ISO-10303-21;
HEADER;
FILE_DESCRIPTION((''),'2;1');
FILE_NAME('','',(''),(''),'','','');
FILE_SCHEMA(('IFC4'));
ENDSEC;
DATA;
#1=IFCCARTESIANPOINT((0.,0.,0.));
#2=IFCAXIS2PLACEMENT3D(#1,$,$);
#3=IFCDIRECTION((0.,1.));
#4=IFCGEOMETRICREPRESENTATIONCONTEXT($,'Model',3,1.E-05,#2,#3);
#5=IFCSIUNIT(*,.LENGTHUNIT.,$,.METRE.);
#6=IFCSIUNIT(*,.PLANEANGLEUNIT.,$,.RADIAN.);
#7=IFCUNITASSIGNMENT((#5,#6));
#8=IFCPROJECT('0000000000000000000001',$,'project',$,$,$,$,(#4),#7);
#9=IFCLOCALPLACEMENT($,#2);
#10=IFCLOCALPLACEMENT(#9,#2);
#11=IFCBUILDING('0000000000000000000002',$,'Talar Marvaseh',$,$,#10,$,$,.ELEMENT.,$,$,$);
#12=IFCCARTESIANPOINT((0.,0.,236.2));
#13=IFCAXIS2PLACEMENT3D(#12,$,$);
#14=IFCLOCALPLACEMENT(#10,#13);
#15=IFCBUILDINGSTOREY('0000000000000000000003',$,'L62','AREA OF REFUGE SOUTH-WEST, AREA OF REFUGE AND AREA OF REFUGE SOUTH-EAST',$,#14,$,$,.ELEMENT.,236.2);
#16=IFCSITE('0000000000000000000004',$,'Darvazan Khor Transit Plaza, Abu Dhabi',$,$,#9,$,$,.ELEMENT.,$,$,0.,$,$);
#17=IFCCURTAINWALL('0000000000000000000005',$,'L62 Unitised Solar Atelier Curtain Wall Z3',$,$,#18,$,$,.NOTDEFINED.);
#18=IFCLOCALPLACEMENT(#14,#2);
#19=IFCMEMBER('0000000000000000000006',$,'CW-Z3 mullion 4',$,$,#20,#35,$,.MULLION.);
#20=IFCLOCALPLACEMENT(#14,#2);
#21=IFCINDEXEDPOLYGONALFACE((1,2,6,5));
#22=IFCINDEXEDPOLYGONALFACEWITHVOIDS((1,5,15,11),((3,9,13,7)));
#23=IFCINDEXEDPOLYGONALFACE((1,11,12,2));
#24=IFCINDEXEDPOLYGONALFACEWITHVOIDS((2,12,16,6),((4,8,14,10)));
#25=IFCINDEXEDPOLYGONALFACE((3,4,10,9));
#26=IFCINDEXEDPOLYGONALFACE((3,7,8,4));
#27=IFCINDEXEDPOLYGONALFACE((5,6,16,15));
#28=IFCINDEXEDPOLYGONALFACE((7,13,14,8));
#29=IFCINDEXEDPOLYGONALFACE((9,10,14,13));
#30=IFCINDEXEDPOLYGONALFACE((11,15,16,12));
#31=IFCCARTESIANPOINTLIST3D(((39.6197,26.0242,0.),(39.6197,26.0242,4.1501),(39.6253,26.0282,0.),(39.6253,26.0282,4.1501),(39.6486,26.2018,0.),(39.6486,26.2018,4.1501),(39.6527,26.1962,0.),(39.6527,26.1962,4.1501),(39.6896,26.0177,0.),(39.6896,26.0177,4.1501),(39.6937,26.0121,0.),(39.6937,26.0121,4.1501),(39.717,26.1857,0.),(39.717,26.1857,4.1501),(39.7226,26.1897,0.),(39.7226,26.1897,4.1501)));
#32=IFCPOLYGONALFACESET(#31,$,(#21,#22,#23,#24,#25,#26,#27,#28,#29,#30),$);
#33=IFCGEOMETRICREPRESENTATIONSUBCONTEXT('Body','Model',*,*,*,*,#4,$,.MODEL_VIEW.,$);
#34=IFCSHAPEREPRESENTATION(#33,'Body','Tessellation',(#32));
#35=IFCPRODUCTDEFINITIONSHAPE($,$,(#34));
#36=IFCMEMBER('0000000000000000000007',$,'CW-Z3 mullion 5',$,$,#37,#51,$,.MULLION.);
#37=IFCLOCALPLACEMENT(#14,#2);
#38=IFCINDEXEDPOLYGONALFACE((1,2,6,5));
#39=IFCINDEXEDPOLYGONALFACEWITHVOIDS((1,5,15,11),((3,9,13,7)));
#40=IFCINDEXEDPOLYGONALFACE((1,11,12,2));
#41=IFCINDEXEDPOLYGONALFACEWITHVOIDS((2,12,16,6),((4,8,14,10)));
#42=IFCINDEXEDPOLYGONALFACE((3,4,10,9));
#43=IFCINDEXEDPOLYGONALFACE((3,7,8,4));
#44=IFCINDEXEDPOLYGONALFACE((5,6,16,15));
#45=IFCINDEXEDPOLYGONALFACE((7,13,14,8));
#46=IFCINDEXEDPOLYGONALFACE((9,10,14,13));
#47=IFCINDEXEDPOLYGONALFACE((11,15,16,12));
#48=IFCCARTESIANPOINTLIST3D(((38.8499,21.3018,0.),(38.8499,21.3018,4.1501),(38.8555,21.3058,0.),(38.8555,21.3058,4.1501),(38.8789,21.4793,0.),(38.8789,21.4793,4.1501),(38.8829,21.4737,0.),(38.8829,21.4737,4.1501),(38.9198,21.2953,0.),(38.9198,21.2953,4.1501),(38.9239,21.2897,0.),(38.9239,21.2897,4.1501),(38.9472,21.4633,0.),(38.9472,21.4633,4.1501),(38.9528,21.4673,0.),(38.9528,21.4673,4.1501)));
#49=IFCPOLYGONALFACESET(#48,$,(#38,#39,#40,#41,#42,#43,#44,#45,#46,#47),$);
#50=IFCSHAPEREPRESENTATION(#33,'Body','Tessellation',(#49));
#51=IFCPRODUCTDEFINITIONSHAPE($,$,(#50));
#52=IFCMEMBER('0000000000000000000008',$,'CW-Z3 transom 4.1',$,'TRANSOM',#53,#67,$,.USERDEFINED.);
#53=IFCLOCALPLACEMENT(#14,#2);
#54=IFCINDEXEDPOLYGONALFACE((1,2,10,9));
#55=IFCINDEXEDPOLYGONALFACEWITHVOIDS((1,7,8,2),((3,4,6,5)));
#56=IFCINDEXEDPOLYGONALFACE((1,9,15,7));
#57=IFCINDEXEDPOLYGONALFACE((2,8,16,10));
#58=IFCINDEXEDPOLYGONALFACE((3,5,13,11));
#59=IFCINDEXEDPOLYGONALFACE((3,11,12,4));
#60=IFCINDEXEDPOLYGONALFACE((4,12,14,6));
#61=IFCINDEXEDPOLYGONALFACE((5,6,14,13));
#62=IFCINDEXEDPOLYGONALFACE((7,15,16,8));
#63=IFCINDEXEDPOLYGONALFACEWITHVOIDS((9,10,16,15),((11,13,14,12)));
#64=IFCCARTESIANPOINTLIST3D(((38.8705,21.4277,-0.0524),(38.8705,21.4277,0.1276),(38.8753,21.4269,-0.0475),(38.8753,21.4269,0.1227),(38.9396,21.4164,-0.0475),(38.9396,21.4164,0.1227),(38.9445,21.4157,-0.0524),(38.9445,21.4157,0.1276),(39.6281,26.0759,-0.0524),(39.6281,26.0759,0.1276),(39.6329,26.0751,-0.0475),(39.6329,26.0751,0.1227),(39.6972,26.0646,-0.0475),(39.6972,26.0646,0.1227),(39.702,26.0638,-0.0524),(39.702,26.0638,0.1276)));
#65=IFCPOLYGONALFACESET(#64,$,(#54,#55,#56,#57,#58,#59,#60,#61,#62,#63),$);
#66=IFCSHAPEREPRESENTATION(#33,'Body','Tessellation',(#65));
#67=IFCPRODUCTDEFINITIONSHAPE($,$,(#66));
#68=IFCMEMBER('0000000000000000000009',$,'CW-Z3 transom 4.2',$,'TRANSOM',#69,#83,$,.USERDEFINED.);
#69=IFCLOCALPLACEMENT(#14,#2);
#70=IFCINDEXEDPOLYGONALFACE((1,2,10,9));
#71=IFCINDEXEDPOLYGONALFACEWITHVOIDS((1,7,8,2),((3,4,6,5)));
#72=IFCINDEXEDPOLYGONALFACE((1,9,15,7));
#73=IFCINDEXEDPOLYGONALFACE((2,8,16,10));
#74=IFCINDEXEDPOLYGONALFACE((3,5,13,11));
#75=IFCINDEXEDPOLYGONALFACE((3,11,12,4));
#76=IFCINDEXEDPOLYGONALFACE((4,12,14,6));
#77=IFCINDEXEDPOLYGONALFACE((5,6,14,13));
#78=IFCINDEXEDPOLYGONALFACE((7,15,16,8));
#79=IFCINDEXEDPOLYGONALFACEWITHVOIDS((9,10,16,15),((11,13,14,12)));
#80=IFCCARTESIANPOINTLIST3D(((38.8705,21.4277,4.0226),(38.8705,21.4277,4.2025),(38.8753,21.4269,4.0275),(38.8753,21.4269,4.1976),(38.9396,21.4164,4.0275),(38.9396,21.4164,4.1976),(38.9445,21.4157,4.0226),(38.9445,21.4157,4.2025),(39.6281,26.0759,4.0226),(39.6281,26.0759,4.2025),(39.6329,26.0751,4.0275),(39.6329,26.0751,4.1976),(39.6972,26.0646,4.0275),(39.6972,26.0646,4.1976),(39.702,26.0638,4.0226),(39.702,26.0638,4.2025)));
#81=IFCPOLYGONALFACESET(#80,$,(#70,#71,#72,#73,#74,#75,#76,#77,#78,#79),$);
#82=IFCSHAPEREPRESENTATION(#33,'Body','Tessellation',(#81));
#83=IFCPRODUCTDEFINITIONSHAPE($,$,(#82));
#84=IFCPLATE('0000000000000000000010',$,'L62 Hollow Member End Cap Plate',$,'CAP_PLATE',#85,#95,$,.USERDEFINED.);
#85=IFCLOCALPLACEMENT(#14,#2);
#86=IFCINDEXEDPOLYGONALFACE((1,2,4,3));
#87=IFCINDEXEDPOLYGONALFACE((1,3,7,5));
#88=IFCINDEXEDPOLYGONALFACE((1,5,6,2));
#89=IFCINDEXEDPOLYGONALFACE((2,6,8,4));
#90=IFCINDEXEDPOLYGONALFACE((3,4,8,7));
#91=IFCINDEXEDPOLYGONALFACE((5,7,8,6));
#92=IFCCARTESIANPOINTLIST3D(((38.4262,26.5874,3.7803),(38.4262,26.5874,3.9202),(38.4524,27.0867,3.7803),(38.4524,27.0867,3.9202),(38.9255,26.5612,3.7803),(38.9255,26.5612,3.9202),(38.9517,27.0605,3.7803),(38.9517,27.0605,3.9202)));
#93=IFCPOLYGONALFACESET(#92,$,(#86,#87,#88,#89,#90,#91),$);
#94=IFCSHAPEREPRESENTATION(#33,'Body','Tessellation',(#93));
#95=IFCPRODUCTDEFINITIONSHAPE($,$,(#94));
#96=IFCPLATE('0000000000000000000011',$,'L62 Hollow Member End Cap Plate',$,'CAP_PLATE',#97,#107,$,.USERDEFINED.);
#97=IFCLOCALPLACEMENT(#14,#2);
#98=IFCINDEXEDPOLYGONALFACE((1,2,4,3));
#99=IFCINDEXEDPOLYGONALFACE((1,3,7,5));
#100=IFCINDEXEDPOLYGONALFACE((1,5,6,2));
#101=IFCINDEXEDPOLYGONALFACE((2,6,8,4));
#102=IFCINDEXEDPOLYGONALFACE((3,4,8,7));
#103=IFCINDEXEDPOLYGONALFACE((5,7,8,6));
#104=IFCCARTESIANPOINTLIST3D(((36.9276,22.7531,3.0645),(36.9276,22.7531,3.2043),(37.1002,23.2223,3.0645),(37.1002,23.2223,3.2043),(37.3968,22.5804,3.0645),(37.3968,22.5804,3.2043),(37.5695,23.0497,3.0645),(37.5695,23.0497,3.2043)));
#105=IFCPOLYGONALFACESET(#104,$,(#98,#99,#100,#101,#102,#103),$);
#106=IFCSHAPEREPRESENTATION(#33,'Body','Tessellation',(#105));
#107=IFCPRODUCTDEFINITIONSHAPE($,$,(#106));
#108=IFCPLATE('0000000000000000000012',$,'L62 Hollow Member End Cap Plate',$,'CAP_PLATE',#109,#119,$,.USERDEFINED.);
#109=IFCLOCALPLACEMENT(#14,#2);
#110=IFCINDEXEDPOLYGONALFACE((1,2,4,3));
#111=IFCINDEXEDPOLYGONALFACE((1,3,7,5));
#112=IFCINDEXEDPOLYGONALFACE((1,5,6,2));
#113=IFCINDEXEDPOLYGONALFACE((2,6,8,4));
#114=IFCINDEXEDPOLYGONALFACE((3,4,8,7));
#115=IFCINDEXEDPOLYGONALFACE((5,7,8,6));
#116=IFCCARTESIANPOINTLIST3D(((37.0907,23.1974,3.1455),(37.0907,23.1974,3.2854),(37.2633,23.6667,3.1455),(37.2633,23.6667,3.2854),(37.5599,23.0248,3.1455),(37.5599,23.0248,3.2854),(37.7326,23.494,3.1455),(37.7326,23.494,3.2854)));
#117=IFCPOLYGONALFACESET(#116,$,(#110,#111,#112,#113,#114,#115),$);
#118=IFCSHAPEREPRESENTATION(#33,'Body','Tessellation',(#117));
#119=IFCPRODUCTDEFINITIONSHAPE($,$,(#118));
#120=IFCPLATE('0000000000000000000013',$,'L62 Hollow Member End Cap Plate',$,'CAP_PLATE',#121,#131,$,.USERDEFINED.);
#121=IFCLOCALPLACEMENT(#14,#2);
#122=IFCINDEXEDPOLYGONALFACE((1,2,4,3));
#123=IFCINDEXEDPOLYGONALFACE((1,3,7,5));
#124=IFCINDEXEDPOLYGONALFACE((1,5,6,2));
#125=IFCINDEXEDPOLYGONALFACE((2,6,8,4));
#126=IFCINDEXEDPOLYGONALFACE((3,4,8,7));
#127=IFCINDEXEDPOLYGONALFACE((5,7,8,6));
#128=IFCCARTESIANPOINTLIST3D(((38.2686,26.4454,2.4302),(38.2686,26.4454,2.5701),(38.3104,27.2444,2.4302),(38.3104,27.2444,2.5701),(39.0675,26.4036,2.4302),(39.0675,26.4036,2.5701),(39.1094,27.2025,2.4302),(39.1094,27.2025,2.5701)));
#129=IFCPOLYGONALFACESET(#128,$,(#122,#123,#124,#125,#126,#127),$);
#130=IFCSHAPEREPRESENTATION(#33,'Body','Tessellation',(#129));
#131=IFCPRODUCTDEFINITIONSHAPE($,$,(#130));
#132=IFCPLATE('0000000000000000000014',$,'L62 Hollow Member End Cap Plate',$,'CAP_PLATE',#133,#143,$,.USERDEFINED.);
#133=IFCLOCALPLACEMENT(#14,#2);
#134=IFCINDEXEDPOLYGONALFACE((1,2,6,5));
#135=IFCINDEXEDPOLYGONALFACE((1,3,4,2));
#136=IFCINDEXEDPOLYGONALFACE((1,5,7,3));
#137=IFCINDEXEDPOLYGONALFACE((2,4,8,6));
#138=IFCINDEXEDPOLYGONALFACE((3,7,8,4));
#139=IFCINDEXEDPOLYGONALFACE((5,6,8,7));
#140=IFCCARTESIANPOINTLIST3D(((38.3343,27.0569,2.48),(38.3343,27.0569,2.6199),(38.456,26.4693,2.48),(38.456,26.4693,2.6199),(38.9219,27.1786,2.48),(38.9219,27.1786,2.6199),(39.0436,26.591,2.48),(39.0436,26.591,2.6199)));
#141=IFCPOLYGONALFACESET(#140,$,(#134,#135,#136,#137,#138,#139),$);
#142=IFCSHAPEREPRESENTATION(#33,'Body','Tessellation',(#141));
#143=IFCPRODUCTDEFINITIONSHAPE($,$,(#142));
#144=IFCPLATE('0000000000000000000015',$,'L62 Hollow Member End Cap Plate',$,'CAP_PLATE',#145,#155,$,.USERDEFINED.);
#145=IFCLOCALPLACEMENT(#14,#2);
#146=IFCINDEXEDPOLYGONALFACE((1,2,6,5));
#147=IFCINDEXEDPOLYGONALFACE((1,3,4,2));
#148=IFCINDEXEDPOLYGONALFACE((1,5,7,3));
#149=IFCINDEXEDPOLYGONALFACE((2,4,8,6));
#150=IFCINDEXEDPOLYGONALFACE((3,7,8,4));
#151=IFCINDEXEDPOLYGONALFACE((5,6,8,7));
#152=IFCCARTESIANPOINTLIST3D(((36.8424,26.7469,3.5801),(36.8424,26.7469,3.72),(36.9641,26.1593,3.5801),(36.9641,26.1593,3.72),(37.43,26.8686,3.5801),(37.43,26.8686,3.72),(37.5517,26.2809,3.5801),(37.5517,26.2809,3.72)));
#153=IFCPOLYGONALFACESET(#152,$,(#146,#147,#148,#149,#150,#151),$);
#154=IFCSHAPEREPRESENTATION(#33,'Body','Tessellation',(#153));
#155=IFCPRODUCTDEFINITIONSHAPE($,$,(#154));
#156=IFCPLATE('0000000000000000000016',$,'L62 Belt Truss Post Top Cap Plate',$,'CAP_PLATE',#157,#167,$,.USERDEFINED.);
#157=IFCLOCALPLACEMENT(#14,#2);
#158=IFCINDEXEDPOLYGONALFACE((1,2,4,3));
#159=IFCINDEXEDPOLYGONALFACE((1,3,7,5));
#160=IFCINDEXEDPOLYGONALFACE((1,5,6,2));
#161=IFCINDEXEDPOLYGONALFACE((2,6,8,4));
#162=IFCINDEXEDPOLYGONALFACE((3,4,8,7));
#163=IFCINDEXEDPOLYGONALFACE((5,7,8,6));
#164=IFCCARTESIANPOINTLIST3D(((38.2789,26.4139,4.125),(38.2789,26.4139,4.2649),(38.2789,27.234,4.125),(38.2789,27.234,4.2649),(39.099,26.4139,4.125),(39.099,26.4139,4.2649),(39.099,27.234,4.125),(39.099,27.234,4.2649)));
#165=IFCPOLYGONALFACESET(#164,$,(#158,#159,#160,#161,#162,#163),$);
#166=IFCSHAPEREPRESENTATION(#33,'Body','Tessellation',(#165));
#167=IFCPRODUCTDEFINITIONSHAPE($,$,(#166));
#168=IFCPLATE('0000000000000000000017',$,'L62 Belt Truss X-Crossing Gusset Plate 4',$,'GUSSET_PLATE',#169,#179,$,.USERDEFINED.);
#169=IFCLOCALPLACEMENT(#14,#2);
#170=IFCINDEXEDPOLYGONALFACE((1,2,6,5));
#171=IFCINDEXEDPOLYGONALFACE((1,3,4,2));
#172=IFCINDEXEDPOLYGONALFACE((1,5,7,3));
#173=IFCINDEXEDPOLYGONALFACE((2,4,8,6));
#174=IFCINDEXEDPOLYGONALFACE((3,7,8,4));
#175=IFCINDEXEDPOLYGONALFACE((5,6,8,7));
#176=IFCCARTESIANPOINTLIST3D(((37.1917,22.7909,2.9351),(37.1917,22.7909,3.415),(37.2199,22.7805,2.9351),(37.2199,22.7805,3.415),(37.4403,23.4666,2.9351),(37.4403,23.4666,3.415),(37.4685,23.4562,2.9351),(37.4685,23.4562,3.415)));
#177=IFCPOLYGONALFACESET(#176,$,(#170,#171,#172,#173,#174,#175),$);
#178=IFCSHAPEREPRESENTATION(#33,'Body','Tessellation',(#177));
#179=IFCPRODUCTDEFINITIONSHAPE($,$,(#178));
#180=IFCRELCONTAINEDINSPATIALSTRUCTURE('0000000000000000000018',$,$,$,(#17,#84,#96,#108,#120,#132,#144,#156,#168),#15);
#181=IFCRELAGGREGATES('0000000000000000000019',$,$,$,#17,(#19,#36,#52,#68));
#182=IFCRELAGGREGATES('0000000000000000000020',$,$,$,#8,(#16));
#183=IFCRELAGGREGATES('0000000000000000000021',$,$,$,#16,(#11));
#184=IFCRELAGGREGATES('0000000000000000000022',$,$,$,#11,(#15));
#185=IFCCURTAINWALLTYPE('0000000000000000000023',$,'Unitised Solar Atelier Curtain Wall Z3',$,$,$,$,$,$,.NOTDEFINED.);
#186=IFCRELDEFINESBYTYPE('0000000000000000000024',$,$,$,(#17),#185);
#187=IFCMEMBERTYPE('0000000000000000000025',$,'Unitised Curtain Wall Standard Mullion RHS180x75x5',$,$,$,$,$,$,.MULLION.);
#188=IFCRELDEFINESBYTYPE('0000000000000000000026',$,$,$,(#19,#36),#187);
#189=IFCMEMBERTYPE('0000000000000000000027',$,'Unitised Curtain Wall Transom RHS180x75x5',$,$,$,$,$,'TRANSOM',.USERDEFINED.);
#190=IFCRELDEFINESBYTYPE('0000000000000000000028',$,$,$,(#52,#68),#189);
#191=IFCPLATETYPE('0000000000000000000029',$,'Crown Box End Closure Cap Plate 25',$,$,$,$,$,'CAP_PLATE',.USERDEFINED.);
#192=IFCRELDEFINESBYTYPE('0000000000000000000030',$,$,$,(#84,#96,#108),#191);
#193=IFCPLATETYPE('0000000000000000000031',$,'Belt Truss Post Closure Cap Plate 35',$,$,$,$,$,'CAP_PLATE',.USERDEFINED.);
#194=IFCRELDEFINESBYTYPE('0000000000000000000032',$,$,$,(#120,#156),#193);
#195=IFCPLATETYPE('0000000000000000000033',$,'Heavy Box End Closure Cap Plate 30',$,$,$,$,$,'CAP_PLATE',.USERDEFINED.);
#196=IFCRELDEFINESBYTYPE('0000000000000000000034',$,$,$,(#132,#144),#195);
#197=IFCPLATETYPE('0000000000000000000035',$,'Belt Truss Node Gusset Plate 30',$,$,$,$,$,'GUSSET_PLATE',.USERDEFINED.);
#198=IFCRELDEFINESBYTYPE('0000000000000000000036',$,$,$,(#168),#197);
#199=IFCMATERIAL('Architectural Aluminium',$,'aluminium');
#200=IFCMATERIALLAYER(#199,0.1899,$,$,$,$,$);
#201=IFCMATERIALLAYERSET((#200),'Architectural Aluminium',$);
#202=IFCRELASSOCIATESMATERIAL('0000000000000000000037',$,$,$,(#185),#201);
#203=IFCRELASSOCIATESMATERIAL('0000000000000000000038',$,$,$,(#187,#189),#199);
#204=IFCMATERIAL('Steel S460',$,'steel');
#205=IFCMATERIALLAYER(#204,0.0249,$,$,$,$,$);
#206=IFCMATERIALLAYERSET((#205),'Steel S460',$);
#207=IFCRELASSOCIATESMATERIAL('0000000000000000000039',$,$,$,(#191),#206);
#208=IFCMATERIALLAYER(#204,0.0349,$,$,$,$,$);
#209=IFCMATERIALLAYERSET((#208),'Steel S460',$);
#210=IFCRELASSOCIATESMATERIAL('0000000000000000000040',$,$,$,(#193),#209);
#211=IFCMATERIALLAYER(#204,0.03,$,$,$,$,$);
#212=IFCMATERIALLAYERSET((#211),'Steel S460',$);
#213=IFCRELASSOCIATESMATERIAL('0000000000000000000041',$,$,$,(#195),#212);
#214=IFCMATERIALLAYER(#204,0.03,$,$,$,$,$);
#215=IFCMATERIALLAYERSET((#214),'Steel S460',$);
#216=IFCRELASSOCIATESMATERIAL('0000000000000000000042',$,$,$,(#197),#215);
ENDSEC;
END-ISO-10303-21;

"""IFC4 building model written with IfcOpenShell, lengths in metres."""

from ifc_helpers import new_model, si_unit, direction, frame, origin, origin_2d, place, context, subcontext, project, spatial, rectangle, hollow_rectangle, extrude, source, transform, mapped, material, layer, layer_set, material_profile, profile_set, type_object, type_shapes, element, aggregate, save


model = new_model("IFC4")

# Units and contexts
model_context = context("Model", 3, precision=1e-05, world=origin(), true_north=direction((0.0, 1.0)))
body_context = subcontext(model_context, "Body", "Model", "MODEL_VIEW")
ifc_project = project(units=[si_unit("LENGTHUNIT", "METRE"), si_unit("PLANEANGLEUNIT", "RADIAN")], contexts=[model_context])

# Site, building, storey
site_placement = place(None, origin())
site = spatial("IfcSite", under=ifc_project, at=site_placement, Name="Darvazan Khor Transit Plaza, Abu Dhabi", CompositionType="ELEMENT", RefElevation=0.0)
building_placement = place(site_placement, origin())
building = spatial("IfcBuilding", under=site, at=building_placement, Name="Talar Marvaseh", CompositionType="ELEMENT")
storey_placement = place(building_placement, frame((0.0, 0.0, 236.2)))
storey = spatial("IfcBuildingStorey", under=building, at=storey_placement, Name="L62", Description="AREA OF REFUGE SOUTH-WEST, AREA OF REFUGE AND AREA OF REFUGE SOUTH-EAST", CompositionType="ELEMENT", Elevation=236.2)

# Shared definitions
ifc_material_1 = material(Name="Steel S460", Category="steel")

# Curtain wall, members
ifc_material_2 = material(Name="Architectural Aluminium", Category="aluminium")
ifc_layer_1 = layer(ifc_material_2, 0.1899)
ifc_layer_set_1 = layer_set([ifc_layer_1], Name="Architectural Aluminium")
curtain_wall_type = type_object("IfcCurtainWallType", Name="Unitised Solar Atelier Curtain Wall Z3", PredefinedType="NOTDEFINED", material=ifc_layer_set_1)
curtain_wall_placement = place(storey_placement, origin())
curtain_wall = element("IfcCurtainWall", 1, at=curtain_wall_placement, inside=storey, type_object=curtain_wall_type, Name="L62 Unitised Solar Atelier Curtain Wall Z3", PredefinedType="NOTDEFINED")
ifc_material_profile_1 = material_profile(ifc_material_2, hollow_rectangle(XDim=0.075, YDim=0.1799, WallThickness=0.0049, at=origin_2d()), Name="RHS180x75x5")
ifc_profile_set_1 = profile_set([ifc_material_profile_1], Name="Architectural Aluminium")
member_type_1 = type_object("IfcMemberType", Name="Unitised Curtain Wall Standard Mullion RHS180x75x5", PredefinedType="MULLION", material=ifc_profile_set_1)
shared_shape_1 = source(origin(), body_context, "Body", "SweptSolid", [
    extrude(hollow_rectangle(XDim=0.075, YDim=0.1799, WallThickness=0.0049, at=origin_2d()), origin(), (0.0, 0.0, 1.0), 4.1501),
])
type_shapes(member_type_1, [shared_shape_1])
member_1_placement = place(storey_placement, frame((39.6711, 26.1069, 0.0), z_axis=(0.0, 0.0, 1.0), x_axis=(0.986971, -0.160896, 0.0)))
member_1 = element("IfcMember", 2, at=member_1_placement, type_object=member_type_1, Name="CW-Z3 mullion 4", PredefinedType="MULLION", context=body_context, shape_type="MappedRepresentation", body=[
    mapped(shared_shape_1, transform((0.0, 0.0, 0.0), x_axis=(1.0, 0.0, 0.0), y_axis=(0.0, 1.0, 0.0), z_axis=(0.0, 0.0, 1.0), scale=1.0)),
])
member_2_placement = place(storey_placement, frame((38.9014, 21.3845, 0.0), z_axis=(0.0, 0.0, 1.0), x_axis=(0.986971, -0.160896, 0.0)))
member_2 = element("IfcMember", 3, at=member_2_placement, type_object=member_type_1, Name="CW-Z3 mullion 5", PredefinedType="MULLION", context=body_context, shape_type="MappedRepresentation", body=[
    mapped(shared_shape_1, transform((0.0, 0.0, 0.0), x_axis=(1.0, 0.0, 0.0), y_axis=(0.0, 1.0, 0.0), z_axis=(0.0, 0.0, 1.0), scale=1.0)),
])
ifc_material_profile_2 = material_profile(ifc_material_2, hollow_rectangle(XDim=0.075, YDim=0.1799, WallThickness=0.0049, at=origin_2d()), Name="RHS180x75x5")
ifc_profile_set_2 = profile_set([ifc_material_profile_2], Name="Architectural Aluminium")
member_type_2 = type_object("IfcMemberType", Name="Unitised Curtain Wall Transom RHS180x75x5", ElementType="TRANSOM", PredefinedType="USERDEFINED", material=ifc_profile_set_2)
shared_shape_2 = source(origin(), body_context, "Body", "SweptSolid", [
    extrude(hollow_rectangle(XDim=0.075, YDim=0.1799, WallThickness=0.0049, at=origin_2d()), origin(), (0.0, 0.0, 1.0), 4.7095),
])
type_shapes(member_type_2, [shared_shape_2])
member_3_placement = place(storey_placement, frame((39.665, 26.0698, 0.0376), z_axis=(-0.160859, -0.986977, 0.0), x_axis=(0.986977, -0.160859, 0.0)))
member_3 = element("IfcMember", 4, at=member_3_placement, type_object=member_type_2, Name="CW-Z3 transom 4.1", ObjectType="TRANSOM", PredefinedType="USERDEFINED", context=body_context, shape_type="MappedRepresentation", body=[
    mapped(shared_shape_2, transform((0.0, 0.0, 0.0), x_axis=(1.0, 0.0, 0.0), y_axis=(0.0, 1.0, 0.0), z_axis=(0.0, 0.0, 1.0), scale=1.0)),
])
member_4_placement = place(storey_placement, frame((39.665, 26.0698, 4.1125), z_axis=(-0.160859, -0.986977, 0.0), x_axis=(0.986977, -0.160859, 0.0)))
member_4 = element("IfcMember", 5, at=member_4_placement, type_object=member_type_2, Name="CW-Z3 transom 4.2", ObjectType="TRANSOM", PredefinedType="USERDEFINED", context=body_context, shape_type="MappedRepresentation", body=[
    mapped(shared_shape_2, transform((0.0, 0.0, 0.0), x_axis=(1.0, 0.0, 0.0), y_axis=(0.0, 1.0, 0.0), z_axis=(0.0, 0.0, 1.0), scale=1.0)),
])

# Plates
ifc_layer_2 = layer(ifc_material_1, 0.0249)
ifc_layer_set_2 = layer_set([ifc_layer_2], Name="Steel S460")
plate_type_1 = type_object("IfcPlateType", Name="Crown Box End Closure Cap Plate 25", ElementType="CAP_PLATE", PredefinedType="USERDEFINED", material=ifc_layer_set_2)
shared_shape_3 = source(origin(), body_context, "Body", "SweptSolid", [
    extrude(rectangle(XDim=0.5, YDim=0.5, at=origin_2d()), origin(), (0.0, 0.0, 1.0), 0.1399),
])
type_shapes(plate_type_1, [shared_shape_3])
for number, where, z_axis, x_axis, name in (
    (6, (38.689, 26.824, 3.7803), (0.0, 0.0, 1.0), (-0.052336, -0.99863, 0.0), "L62 Hollow Member End Cap Plate"),
    (7, (37.2485, 22.9014, 3.0645), (0.0, 0.0, 1.0), (0.345298, 0.938493, 0.0), "L62 Hollow Member End Cap Plate"),
    (8, (37.4116, 23.3457, 3.1455), (0.0, 0.0, 1.0), (0.345298, 0.938493, 0.0), "L62 Hollow Member End Cap Plate"),
):
    element("IfcPlate", number, at=place(storey_placement, frame(where, z_axis=z_axis, x_axis=x_axis)), inside=storey, type_object=plate_type_1, Name=name, ObjectType="CAP_PLATE", PredefinedType="USERDEFINED", context=body_context, shape_type="MappedRepresentation", body=[
        mapped(shared_shape_3, transform((0.0, 0.0, 0.0), x_axis=(1.0, 0.0, 0.0), y_axis=(0.0, 1.0, 0.0), z_axis=(0.0, 0.0, 1.0), scale=1.0)),
    ])
ifc_layer_3 = layer(ifc_material_1, 0.0349)
ifc_layer_set_3 = layer_set([ifc_layer_3], Name="Steel S460")
plate_type_2 = type_object("IfcPlateType", Name="Belt Truss Post Closure Cap Plate 35", ElementType="CAP_PLATE", PredefinedType="USERDEFINED", material=ifc_layer_set_3)
shared_shape_4 = source(origin(), body_context, "Body", "SweptSolid", [
    extrude(rectangle(XDim=0.8, YDim=0.8, at=origin_2d()), origin(), (0.0, 0.0, 1.0), 0.1399),
])
plate_1_placement = place(storey_placement, frame((38.689, 26.824, 2.4302), z_axis=(0.0, 0.0, 1.0), x_axis=(-0.052336, -0.99863, 0.0)))
element("IfcPlate", 9, at=plate_1_placement, inside=storey, type_object=plate_type_2, Name="L62 Hollow Member End Cap Plate", ObjectType="CAP_PLATE", PredefinedType="USERDEFINED", context=body_context, shape_type="MappedRepresentation", body=[
    mapped(shared_shape_4, transform((0.0, 0.0, 0.0), x_axis=(1.0, 0.0, 0.0), y_axis=(0.0, 1.0, 0.0), z_axis=(0.0, 0.0, 1.0), scale=1.0)),
])
ifc_layer_4 = layer(ifc_material_1, 0.03)
ifc_layer_set_4 = layer_set([ifc_layer_4], Name="Steel S460")
plate_type_3 = type_object("IfcPlateType", Name="Heavy Box End Closure Cap Plate 30", ElementType="CAP_PLATE", PredefinedType="USERDEFINED", material=ifc_layer_set_4)
shared_shape_5 = source(origin(), body_context, "Body", "SweptSolid", [
    extrude(rectangle(XDim=0.6001, YDim=0.6001, at=origin_2d()), origin(), (0.0, 0.0, 1.0), 0.1399),
])
type_shapes(plate_type_3, [shared_shape_5])
for number, where, z_axis, x_axis, name in (
    (10, (38.689, 26.824, 2.48), (0.0, 0.0, 1.0), (-0.979223, -0.202787, 0.0), "L62 Hollow Member End Cap Plate"),
    (11, (37.197, 26.5139, 3.5801), (0.0, 0.0, 1.0), (-0.979223, -0.202787, 0.0), "L62 Hollow Member End Cap Plate"),
):
    element("IfcPlate", number, at=place(storey_placement, frame(where, z_axis=z_axis, x_axis=x_axis)), inside=storey, type_object=plate_type_3, Name=name, ObjectType="CAP_PLATE", PredefinedType="USERDEFINED", context=body_context, shape_type="MappedRepresentation", body=[
        mapped(shared_shape_5, transform((0.0, 0.0, 0.0), x_axis=(1.0, 0.0, 0.0), y_axis=(0.0, 1.0, 0.0), z_axis=(0.0, 0.0, 1.0), scale=1.0)),
    ])
shared_shape_6 = source(origin(), body_context, "Body", "SweptSolid", [
    extrude(rectangle(XDim=0.8201, YDim=0.8201, at=origin_2d()), origin(), (0.0, 0.0, 1.0), 0.1399),
])
type_shapes(plate_type_2, [shared_shape_4, shared_shape_6])
plate_2_placement = place(storey_placement, frame((38.689, 26.824, 4.125), z_axis=(0.0, 0.0, 1.0), x_axis=(1.0, 0.0, 0.0)))
element("IfcPlate", 12, at=plate_2_placement, inside=storey, type_object=plate_type_2, Name="L62 Belt Truss Post Top Cap Plate", ObjectType="CAP_PLATE", PredefinedType="USERDEFINED", context=body_context, shape_type="MappedRepresentation", body=[
    mapped(shared_shape_6, transform((0.0, 0.0, 0.0), x_axis=(1.0, 0.0, 0.0), y_axis=(0.0, 1.0, 0.0), z_axis=(0.0, 0.0, 1.0), scale=1.0)),
])
ifc_layer_5 = layer(ifc_material_1, 0.03)
ifc_layer_set_5 = layer_set([ifc_layer_5], Name="Steel S460")
plate_type_4 = type_object("IfcPlateType", Name="Belt Truss Node Gusset Plate 30", ElementType="GUSSET_PLATE", PredefinedType="USERDEFINED", material=ifc_layer_set_5)
shared_shape_7 = source(origin(), body_context, "Body", "SweptSolid", [
    extrude(rectangle(XDim=0.72, YDim=0.03, at=origin_2d()), origin(), (0.0, 0.0, 1.0), 0.48),
])
type_shapes(plate_type_4, [shared_shape_7])
plate_3_placement = place(storey_placement, frame((37.3301, 23.1235, 2.9351), z_axis=(0.0, 0.0, 1.0), x_axis=(-0.345298, -0.938493, 0.0)))
element("IfcPlate", 13, at=plate_3_placement, inside=storey, type_object=plate_type_4, Name="L62 Belt Truss X-Crossing Gusset Plate 4", ObjectType="GUSSET_PLATE", PredefinedType="USERDEFINED", context=body_context, shape_type="MappedRepresentation", body=[
    mapped(shared_shape_7, transform((0.0, 0.0, 0.0), x_axis=(1.0, 0.0, 0.0), y_axis=(0.0, 1.0, 0.0), z_axis=(0.0, 0.0, 1.0), scale=1.0)),
])

aggregate(curtain_wall, [member_1, member_2, member_3, member_4])

save(model, "model.ifc")
